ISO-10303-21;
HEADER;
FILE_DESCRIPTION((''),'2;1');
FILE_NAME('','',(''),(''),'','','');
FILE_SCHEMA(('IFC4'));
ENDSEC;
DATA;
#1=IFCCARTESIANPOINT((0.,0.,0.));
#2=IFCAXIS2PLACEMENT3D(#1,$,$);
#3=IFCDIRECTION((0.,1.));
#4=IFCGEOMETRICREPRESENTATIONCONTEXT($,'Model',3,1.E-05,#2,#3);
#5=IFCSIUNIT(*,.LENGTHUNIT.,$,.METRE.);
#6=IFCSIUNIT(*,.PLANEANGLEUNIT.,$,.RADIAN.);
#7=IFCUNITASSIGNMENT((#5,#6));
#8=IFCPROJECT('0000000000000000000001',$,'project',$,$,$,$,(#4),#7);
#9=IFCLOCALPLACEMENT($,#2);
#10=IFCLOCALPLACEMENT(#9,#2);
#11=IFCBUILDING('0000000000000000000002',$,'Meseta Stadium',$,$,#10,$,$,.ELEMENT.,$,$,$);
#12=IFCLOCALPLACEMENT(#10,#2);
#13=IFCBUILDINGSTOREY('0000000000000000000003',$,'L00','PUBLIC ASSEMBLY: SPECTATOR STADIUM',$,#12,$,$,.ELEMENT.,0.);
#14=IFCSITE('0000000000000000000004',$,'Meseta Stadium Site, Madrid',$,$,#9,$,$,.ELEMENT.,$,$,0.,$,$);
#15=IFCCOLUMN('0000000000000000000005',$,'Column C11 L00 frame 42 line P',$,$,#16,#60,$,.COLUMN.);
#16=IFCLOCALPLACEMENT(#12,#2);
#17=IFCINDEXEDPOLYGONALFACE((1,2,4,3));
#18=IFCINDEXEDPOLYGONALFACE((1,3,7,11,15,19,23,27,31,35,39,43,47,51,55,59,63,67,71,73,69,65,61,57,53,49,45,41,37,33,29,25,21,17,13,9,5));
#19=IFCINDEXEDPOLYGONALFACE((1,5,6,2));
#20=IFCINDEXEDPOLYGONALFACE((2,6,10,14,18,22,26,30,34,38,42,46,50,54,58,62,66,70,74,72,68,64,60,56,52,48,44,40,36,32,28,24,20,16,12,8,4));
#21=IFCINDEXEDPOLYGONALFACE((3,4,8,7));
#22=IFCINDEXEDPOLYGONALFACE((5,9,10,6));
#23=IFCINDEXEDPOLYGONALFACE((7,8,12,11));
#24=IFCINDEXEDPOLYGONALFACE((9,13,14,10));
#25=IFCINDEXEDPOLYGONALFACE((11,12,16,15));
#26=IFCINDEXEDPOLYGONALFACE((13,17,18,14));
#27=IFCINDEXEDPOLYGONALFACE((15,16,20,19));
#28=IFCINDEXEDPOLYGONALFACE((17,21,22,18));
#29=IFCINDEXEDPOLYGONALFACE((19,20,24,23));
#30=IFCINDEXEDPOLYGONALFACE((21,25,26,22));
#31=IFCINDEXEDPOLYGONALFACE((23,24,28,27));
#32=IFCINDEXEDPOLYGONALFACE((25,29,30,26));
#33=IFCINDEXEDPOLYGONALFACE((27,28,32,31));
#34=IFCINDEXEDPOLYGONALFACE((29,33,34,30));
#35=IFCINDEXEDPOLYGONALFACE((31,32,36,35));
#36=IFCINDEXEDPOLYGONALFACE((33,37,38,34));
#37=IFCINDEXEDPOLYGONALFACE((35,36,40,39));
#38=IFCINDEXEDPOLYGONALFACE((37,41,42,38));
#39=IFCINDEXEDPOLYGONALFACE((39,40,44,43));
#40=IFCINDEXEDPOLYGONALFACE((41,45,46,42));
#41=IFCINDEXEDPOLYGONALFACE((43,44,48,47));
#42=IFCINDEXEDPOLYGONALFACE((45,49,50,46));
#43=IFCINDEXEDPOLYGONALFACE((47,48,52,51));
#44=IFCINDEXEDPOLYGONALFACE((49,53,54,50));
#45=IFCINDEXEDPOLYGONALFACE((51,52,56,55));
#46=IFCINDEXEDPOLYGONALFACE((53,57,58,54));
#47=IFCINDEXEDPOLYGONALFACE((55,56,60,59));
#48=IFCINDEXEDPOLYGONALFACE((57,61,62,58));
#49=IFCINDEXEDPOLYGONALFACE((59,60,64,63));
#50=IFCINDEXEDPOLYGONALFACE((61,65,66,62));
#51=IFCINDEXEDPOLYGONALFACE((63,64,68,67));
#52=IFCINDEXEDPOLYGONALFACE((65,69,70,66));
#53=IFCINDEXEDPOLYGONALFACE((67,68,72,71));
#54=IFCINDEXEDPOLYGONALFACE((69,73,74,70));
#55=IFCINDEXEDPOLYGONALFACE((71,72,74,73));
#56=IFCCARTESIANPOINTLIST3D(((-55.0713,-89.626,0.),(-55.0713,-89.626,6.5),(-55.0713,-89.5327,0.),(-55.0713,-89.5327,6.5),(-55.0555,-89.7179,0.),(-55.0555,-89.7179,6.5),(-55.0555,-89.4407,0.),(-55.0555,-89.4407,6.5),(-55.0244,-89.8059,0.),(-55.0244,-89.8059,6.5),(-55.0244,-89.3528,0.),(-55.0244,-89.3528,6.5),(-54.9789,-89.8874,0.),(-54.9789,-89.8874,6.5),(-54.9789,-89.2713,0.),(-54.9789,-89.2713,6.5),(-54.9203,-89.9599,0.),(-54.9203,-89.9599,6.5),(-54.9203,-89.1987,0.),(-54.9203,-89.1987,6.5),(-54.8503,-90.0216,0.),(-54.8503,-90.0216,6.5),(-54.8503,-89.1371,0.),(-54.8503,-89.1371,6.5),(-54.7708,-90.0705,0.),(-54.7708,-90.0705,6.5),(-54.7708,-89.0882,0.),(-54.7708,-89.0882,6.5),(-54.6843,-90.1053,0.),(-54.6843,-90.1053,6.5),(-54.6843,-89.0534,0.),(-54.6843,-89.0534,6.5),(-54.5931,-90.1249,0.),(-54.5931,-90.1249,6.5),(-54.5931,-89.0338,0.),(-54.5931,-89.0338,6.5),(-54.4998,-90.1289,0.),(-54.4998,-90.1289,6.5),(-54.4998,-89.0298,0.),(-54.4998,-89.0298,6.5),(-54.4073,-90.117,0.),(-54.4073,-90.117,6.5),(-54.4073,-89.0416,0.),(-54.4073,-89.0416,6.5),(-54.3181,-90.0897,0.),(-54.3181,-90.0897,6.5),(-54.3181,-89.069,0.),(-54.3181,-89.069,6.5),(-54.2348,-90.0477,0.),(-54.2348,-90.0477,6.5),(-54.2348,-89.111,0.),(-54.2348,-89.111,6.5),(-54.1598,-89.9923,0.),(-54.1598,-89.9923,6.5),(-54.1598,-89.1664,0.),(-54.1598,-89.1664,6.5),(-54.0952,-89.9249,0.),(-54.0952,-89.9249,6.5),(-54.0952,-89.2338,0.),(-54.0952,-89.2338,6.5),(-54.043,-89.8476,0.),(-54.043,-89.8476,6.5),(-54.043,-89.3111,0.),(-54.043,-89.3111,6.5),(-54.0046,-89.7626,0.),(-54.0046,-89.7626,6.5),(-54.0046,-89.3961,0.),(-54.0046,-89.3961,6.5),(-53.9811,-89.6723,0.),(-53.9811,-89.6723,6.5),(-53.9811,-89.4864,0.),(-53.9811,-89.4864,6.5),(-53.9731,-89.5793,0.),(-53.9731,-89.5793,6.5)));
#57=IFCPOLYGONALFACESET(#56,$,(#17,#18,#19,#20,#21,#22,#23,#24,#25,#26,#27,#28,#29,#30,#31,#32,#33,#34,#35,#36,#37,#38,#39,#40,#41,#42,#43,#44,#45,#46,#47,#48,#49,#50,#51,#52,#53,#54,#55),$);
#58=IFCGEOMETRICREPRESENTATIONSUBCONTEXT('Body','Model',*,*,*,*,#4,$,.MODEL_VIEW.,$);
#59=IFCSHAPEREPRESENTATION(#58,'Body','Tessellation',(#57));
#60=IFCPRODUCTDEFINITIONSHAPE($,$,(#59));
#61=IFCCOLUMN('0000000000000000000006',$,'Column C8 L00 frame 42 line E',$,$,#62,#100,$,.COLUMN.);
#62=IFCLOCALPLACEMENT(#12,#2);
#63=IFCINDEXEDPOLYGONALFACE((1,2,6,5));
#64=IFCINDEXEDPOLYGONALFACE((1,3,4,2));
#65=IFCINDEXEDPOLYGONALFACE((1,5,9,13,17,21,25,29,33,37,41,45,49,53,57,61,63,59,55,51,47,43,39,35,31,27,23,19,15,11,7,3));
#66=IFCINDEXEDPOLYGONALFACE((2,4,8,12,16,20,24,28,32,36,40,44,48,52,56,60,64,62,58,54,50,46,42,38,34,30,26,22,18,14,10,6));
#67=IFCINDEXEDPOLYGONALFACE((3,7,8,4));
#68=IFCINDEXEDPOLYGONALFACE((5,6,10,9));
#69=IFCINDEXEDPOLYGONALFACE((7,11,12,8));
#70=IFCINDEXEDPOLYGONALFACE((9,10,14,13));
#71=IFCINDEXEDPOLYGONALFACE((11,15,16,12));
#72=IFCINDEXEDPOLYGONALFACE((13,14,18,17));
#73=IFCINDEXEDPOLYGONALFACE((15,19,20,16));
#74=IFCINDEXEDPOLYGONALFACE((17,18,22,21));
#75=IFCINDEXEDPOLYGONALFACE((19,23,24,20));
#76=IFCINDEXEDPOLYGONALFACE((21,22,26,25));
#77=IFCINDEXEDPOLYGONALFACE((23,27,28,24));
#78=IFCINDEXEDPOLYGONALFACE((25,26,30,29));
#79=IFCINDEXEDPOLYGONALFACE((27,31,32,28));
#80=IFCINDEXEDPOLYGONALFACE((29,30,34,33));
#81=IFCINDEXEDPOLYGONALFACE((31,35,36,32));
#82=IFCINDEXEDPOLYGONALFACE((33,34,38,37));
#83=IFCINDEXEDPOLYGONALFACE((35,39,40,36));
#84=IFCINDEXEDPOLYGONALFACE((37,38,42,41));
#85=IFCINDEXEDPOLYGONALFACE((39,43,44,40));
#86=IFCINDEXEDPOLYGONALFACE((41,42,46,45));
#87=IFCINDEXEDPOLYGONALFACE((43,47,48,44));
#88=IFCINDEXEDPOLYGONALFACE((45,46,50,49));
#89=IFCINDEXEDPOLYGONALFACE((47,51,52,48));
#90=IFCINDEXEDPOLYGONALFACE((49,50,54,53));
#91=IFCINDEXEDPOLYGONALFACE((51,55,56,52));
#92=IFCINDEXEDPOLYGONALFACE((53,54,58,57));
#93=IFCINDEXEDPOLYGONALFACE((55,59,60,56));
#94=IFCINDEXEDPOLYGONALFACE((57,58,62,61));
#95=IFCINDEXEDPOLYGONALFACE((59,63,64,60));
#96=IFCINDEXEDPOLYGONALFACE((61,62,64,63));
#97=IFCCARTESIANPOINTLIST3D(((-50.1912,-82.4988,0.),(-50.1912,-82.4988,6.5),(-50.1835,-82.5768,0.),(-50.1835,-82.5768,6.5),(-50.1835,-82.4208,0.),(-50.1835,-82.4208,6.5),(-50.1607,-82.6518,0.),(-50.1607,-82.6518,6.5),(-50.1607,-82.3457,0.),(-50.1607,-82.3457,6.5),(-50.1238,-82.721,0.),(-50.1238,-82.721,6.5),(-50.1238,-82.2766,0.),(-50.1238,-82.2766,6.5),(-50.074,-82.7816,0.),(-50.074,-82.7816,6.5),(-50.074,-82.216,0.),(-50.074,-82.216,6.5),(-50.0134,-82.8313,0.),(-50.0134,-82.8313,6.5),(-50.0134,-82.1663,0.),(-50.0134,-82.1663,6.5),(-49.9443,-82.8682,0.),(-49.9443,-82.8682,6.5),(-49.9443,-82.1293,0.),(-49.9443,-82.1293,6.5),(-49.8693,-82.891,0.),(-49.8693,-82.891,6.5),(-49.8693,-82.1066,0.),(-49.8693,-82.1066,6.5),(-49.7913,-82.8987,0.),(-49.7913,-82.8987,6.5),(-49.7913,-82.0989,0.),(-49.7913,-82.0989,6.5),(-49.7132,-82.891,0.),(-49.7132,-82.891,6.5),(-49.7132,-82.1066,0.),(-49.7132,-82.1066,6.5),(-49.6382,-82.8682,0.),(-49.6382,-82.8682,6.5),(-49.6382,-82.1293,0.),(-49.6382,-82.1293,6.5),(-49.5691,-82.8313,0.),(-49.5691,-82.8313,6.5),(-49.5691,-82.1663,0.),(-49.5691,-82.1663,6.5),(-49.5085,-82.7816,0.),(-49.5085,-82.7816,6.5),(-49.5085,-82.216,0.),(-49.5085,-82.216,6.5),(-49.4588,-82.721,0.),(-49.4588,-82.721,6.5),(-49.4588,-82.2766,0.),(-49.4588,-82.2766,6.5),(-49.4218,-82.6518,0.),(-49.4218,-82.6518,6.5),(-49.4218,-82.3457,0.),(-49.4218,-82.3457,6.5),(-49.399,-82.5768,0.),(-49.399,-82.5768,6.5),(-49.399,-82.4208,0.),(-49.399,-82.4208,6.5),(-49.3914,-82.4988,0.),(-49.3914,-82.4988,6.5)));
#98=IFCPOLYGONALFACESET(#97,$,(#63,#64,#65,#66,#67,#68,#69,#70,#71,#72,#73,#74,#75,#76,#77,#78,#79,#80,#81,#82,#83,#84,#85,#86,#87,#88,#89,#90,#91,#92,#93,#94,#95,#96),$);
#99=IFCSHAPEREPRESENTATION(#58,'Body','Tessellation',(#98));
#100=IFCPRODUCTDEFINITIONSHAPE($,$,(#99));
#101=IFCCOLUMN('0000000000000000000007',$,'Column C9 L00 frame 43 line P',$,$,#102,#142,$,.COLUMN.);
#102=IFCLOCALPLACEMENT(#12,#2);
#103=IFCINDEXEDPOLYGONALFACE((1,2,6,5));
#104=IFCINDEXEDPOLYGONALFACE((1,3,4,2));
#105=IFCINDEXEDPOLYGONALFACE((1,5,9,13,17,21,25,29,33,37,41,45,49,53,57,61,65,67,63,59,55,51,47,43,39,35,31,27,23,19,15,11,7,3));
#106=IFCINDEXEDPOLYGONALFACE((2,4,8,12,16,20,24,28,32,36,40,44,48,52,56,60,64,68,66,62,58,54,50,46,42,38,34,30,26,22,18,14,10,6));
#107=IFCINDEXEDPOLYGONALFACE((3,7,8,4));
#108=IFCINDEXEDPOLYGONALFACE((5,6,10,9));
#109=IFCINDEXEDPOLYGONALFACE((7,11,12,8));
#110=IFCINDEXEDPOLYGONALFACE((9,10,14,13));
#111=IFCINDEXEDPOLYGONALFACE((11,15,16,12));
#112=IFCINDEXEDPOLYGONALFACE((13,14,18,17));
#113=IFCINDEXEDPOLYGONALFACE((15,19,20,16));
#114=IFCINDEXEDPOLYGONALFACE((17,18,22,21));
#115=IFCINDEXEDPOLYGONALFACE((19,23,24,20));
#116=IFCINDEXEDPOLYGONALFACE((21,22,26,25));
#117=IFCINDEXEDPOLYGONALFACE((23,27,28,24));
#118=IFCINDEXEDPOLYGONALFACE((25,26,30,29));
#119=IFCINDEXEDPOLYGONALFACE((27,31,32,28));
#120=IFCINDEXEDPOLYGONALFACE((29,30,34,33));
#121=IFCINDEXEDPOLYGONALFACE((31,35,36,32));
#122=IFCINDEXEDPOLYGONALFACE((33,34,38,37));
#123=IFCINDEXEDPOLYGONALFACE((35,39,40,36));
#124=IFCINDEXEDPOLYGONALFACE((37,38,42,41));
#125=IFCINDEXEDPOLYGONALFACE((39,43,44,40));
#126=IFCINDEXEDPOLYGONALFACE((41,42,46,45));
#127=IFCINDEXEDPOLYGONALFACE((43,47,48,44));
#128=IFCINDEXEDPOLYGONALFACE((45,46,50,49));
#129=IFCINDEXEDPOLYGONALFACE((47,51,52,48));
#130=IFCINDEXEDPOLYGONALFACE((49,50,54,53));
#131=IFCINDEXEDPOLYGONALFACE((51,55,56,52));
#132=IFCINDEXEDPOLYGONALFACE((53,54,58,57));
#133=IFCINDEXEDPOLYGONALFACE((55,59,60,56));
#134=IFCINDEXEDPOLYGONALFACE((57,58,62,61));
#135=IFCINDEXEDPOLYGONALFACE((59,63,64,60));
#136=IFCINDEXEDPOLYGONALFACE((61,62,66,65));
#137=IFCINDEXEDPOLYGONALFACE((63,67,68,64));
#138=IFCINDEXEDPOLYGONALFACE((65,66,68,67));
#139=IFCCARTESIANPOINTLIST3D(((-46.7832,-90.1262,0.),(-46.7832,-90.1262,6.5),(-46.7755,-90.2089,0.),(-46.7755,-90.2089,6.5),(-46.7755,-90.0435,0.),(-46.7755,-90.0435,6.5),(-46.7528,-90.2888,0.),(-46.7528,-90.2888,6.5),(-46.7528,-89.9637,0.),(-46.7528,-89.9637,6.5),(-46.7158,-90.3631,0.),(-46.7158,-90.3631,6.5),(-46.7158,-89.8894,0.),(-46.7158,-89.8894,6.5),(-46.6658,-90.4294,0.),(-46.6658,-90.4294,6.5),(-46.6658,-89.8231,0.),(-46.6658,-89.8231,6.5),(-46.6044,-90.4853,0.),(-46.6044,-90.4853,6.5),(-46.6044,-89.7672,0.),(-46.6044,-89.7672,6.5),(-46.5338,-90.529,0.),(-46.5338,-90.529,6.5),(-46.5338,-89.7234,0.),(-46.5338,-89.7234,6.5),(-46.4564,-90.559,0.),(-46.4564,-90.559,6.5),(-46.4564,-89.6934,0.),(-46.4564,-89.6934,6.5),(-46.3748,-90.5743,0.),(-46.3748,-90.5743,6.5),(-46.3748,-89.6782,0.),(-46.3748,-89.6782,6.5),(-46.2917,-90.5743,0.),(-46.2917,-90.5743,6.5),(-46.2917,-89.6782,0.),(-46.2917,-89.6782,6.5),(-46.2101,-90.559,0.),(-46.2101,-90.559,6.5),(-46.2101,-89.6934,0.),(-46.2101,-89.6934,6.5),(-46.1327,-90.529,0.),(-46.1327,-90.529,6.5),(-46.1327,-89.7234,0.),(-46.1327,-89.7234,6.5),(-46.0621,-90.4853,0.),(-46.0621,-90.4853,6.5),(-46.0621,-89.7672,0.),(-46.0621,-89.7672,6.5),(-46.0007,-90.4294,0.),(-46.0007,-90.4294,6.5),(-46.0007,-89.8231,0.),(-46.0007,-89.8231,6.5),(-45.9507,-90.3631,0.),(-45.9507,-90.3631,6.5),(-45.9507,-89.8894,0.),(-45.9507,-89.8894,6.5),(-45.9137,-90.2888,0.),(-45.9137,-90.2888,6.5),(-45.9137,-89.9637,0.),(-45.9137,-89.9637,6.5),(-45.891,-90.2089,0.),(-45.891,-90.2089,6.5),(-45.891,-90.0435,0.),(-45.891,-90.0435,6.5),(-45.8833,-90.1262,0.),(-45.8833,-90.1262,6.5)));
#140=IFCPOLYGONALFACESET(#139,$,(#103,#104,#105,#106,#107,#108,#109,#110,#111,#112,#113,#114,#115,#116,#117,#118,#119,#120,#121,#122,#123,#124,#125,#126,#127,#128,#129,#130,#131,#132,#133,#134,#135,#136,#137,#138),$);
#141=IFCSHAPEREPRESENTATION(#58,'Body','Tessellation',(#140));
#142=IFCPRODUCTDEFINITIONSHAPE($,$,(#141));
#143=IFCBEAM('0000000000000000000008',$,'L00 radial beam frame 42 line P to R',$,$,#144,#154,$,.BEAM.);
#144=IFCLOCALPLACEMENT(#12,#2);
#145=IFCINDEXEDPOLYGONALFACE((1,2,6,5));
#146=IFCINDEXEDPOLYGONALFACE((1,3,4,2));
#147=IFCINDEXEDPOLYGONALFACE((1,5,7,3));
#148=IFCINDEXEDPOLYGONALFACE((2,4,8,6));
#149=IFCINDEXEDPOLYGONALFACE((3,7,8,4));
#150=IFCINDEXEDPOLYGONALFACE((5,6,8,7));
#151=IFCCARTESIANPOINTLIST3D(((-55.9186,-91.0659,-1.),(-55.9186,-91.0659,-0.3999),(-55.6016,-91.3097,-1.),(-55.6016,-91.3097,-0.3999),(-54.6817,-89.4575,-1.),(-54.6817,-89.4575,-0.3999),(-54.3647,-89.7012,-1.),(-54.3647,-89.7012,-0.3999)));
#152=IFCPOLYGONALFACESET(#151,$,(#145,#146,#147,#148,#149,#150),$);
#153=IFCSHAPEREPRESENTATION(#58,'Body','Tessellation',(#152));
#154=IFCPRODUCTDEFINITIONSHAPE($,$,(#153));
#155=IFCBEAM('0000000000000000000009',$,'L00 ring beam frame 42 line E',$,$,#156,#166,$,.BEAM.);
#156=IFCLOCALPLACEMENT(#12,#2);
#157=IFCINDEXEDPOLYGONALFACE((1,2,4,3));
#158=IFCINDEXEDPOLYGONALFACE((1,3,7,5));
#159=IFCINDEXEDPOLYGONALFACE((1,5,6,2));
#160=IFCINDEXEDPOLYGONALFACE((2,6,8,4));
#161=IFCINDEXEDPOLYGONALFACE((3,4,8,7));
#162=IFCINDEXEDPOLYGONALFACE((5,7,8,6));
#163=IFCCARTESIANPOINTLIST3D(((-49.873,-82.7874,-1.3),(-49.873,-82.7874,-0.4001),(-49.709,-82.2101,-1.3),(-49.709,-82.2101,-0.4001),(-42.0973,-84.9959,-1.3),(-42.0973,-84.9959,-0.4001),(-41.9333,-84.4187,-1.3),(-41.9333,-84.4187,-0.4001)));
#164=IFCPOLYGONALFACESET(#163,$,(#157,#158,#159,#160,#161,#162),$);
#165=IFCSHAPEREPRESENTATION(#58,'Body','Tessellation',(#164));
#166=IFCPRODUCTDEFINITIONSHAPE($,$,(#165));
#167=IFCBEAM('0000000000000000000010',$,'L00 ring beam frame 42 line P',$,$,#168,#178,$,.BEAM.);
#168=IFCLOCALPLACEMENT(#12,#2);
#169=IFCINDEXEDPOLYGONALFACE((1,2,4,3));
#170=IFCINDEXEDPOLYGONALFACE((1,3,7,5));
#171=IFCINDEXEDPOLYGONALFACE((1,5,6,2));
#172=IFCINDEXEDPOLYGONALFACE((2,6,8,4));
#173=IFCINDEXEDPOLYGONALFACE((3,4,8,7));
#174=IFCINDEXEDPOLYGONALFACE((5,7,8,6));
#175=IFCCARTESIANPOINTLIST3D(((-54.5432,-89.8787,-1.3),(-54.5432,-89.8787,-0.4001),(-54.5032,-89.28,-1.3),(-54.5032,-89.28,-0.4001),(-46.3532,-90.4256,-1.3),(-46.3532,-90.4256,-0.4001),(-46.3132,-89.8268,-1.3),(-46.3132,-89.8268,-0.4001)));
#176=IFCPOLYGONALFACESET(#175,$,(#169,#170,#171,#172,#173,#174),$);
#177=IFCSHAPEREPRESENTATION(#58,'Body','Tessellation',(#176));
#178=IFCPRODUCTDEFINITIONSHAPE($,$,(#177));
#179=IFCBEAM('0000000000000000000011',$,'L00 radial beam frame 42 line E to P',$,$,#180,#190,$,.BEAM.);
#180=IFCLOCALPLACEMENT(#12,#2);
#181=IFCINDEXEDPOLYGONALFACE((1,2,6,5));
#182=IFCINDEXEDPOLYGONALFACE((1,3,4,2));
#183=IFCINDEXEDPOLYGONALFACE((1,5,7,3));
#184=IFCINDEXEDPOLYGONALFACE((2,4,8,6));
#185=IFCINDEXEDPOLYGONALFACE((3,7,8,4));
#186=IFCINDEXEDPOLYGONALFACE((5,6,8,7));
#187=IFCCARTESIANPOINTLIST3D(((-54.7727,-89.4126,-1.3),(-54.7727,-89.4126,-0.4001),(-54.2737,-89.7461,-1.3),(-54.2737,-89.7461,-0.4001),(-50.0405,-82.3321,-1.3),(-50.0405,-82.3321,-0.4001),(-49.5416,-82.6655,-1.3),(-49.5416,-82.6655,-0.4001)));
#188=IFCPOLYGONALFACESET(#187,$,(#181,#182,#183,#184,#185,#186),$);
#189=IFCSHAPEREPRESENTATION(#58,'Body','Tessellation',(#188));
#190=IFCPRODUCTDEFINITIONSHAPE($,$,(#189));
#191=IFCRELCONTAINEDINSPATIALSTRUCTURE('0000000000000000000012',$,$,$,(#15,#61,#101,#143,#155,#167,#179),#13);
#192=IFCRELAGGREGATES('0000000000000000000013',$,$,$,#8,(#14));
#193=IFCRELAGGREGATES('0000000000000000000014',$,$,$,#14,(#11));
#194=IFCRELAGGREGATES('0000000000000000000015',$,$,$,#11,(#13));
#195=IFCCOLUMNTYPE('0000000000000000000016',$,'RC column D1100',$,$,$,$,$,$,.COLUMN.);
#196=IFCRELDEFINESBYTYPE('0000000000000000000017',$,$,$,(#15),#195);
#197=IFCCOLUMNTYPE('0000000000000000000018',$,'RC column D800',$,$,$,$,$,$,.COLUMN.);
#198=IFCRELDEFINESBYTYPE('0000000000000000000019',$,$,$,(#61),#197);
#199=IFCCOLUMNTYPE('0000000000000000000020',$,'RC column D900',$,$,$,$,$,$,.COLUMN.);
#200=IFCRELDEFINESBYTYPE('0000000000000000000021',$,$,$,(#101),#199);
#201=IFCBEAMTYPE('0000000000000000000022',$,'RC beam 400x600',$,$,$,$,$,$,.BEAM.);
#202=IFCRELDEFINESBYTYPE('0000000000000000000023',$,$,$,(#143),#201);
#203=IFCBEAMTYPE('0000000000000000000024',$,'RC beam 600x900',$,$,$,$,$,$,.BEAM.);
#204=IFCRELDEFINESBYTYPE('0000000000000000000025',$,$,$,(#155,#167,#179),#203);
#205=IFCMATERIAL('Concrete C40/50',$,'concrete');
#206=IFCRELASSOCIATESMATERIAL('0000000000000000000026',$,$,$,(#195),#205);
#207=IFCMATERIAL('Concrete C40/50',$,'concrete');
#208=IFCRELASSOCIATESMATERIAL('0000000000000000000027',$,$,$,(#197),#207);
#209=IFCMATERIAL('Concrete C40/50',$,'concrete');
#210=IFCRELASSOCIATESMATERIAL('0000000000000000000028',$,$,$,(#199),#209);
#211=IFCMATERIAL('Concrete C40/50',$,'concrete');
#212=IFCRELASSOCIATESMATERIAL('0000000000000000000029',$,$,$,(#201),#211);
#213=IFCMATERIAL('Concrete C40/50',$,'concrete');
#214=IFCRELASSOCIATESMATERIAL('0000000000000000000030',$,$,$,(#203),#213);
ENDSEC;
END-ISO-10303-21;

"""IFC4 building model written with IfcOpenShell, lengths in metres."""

from ifc_helpers import new_model, si_unit, direction, frame, origin, origin_2d, place, context, subcontext, project, spatial, rectangle, circle, extrude, material, material_profile, profile_set, type_object, element, save


model = new_model("IFC4")

# Units and contexts
model_context = context("Model", 3, precision=1e-05, world=origin(), true_north=direction((0.0, 1.0)))
body_context = subcontext(model_context, "Body", "Model", "MODEL_VIEW")
ifc_project = project(units=[si_unit("LENGTHUNIT", "METRE"), si_unit("PLANEANGLEUNIT", "RADIAN")], contexts=[model_context])

# Site, building, storey
site_placement = place(None, origin())
site = spatial("IfcSite", under=ifc_project, at=site_placement, Name="Meseta Stadium Site, Madrid", CompositionType="ELEMENT", RefElevation=0.0)
building_placement = place(site_placement, origin())
building = spatial("IfcBuilding", under=site, at=building_placement, Name="Meseta Stadium", CompositionType="ELEMENT")
storey_placement = place(building_placement, origin())
storey = spatial("IfcBuildingStorey", under=building, at=storey_placement, Name="L00", Description="PUBLIC ASSEMBLY: SPECTATOR STADIUM", CompositionType="ELEMENT", Elevation=0.0)

# Columns
ifc_material_1 = material(Name="Concrete C40/50", Category="concrete")
ifc_material_profile_1 = material_profile(ifc_material_1, circle(Radius=0.55, at=origin_2d()), Name="RC D1100")
ifc_profile_set_1 = profile_set([ifc_material_profile_1], Name="Concrete C40/50")
column_type_1 = type_object("IfcColumnType", Name="RC column D1100", PredefinedType="COLUMN", material=ifc_profile_set_1)
column_1_placement = place(storey_placement, frame((-54.5232, -89.5793, 0.0), z_axis=(0.0, 0.0, 1.0), x_axis=(1.0, 0.0, 0.0)))
element("IfcColumn", 1, at=column_1_placement, inside=storey, type_object=column_type_1, Name="Column C11 L00 frame 42 line P", PredefinedType="COLUMN", context=body_context, shape_type="SweptSolid", body=[
    extrude(circle(Radius=0.55, at=origin_2d()), origin(), (0.0, 0.0, 1.0), 6.5),
])
ifc_material_2 = material(Name="Concrete C40/50", Category="concrete")
ifc_material_profile_2 = material_profile(ifc_material_2, circle(Radius=0.3999, at=origin_2d()), Name="RC D800")
ifc_profile_set_2 = profile_set([ifc_material_profile_2], Name="Concrete C40/50")
column_type_2 = type_object("IfcColumnType", Name="RC column D800", PredefinedType="COLUMN", material=ifc_profile_set_2)
column_2_placement = place(storey_placement, frame((-49.7913, -82.4988, 0.0), z_axis=(0.0, 0.0, 1.0), x_axis=(1.0, 0.0, 0.0)))
element("IfcColumn", 2, at=column_2_placement, inside=storey, type_object=column_type_2, Name="Column C8 L00 frame 42 line E", PredefinedType="COLUMN", context=body_context, shape_type="SweptSolid", body=[
    extrude(circle(Radius=0.3999, at=origin_2d()), origin(), (0.0, 0.0, 1.0), 6.5),
])
ifc_material_3 = material(Name="Concrete C40/50", Category="concrete")
ifc_material_profile_3 = material_profile(ifc_material_3, circle(Radius=0.45, at=origin_2d()), Name="RC D900")
ifc_profile_set_3 = profile_set([ifc_material_profile_3], Name="Concrete C40/50")
column_type_3 = type_object("IfcColumnType", Name="RC column D900", PredefinedType="COLUMN", material=ifc_profile_set_3)
column_3_placement = place(storey_placement, frame((-46.3333, -90.1262, 0.0), z_axis=(0.0, 0.0, 1.0), x_axis=(1.0, 0.0, 0.0)))
element("IfcColumn", 3, at=column_3_placement, inside=storey, type_object=column_type_3, Name="Column C9 L00 frame 43 line P", PredefinedType="COLUMN", context=body_context, shape_type="SweptSolid", body=[
    extrude(circle(Radius=0.45, at=origin_2d()), origin(), (0.0, 0.0, 1.0), 6.5),
])

# Beams
ifc_material_4 = material(Name="Concrete C40/50", Category="concrete")
ifc_material_profile_4 = material_profile(ifc_material_4, rectangle(XDim=0.3999, YDim=0.6001, at=origin_2d()), Name="RC 400x600")
ifc_profile_set_4 = profile_set([ifc_material_profile_4], Name="Concrete C40/50")
beam_type_1 = type_object("IfcBeamType", Name="RC beam 400x600", PredefinedType="BEAM", material=ifc_profile_set_4)
beam_1_placement = place(storey_placement, frame((-54.5232, -89.5793, -0.7), z_axis=(-0.609583, -0.792722, 0.0), x_axis=(0.792722, -0.609583, 0.0)))
element("IfcBeam", 4, at=beam_1_placement, inside=storey, type_object=beam_type_1, Name="L00 radial beam frame 42 line P to R", PredefinedType="BEAM", context=body_context, shape_type="SweptSolid", body=[
    extrude(rectangle(XDim=0.3999, YDim=0.6001, at=origin_2d()), origin(), (0.0, 0.0, 1.0), 2.0291),
])
ifc_material_5 = material(Name="Concrete C40/50", Category="concrete")
ifc_material_profile_5 = material_profile(ifc_material_5, rectangle(XDim=0.6001, YDim=0.8999, at=origin_2d()), Name="RC 600x900")
ifc_profile_set_5 = profile_set([ifc_material_profile_5], Name="Concrete C40/50")
beam_type_2 = type_object("IfcBeamType", Name="RC beam 600x900", PredefinedType="BEAM", material=ifc_profile_set_5)
beam_2_placement = place(storey_placement, frame((-49.791, -82.4988, -0.8501), z_axis=(0.961951, -0.273221, 0.0), x_axis=(0.273221, 0.961951, 0.0)))
element("IfcBeam", 5, at=beam_2_placement, inside=storey, type_object=beam_type_2, Name="L00 ring beam frame 42 line E", PredefinedType="BEAM", context=body_context, shape_type="SweptSolid", body=[
    extrude(rectangle(XDim=0.6001, YDim=0.8999, at=origin_2d()), origin(), (0.0, 0.0, 1.0), 8.0833),
])
beam_3_placement = place(storey_placement, frame((-54.5232, -89.5793, -0.8501), z_axis=(0.997778, -0.066626, 0.0), x_axis=(0.066626, 0.997778, 0.0)))
element("IfcBeam", 6, at=beam_3_placement, inside=storey, type_object=beam_type_2, Name="L00 ring beam frame 42 line P", PredefinedType="BEAM", context=body_context, shape_type="SweptSolid", body=[
    extrude(rectangle(XDim=0.6001, YDim=0.8999, at=origin_2d()), origin(), (0.0, 0.0, 1.0), 8.2083),
])
beam_4_placement = place(storey_placement, frame((-49.791, -82.4988, -0.8501), z_axis=(-0.555659, -0.83141, 0.0), x_axis=(0.83141, -0.555659, 0.0)))
element("IfcBeam", 7, at=beam_4_placement, inside=storey, type_object=beam_type_2, Name="L00 radial beam frame 42 line E to P", PredefinedType="BEAM", context=body_context, shape_type="SweptSolid", body=[
    extrude(rectangle(XDim=0.6001, YDim=0.8999, at=origin_2d()), origin(), (0.0, 0.0, 1.0), 8.5164),
])

save(model, "model.ifc")
